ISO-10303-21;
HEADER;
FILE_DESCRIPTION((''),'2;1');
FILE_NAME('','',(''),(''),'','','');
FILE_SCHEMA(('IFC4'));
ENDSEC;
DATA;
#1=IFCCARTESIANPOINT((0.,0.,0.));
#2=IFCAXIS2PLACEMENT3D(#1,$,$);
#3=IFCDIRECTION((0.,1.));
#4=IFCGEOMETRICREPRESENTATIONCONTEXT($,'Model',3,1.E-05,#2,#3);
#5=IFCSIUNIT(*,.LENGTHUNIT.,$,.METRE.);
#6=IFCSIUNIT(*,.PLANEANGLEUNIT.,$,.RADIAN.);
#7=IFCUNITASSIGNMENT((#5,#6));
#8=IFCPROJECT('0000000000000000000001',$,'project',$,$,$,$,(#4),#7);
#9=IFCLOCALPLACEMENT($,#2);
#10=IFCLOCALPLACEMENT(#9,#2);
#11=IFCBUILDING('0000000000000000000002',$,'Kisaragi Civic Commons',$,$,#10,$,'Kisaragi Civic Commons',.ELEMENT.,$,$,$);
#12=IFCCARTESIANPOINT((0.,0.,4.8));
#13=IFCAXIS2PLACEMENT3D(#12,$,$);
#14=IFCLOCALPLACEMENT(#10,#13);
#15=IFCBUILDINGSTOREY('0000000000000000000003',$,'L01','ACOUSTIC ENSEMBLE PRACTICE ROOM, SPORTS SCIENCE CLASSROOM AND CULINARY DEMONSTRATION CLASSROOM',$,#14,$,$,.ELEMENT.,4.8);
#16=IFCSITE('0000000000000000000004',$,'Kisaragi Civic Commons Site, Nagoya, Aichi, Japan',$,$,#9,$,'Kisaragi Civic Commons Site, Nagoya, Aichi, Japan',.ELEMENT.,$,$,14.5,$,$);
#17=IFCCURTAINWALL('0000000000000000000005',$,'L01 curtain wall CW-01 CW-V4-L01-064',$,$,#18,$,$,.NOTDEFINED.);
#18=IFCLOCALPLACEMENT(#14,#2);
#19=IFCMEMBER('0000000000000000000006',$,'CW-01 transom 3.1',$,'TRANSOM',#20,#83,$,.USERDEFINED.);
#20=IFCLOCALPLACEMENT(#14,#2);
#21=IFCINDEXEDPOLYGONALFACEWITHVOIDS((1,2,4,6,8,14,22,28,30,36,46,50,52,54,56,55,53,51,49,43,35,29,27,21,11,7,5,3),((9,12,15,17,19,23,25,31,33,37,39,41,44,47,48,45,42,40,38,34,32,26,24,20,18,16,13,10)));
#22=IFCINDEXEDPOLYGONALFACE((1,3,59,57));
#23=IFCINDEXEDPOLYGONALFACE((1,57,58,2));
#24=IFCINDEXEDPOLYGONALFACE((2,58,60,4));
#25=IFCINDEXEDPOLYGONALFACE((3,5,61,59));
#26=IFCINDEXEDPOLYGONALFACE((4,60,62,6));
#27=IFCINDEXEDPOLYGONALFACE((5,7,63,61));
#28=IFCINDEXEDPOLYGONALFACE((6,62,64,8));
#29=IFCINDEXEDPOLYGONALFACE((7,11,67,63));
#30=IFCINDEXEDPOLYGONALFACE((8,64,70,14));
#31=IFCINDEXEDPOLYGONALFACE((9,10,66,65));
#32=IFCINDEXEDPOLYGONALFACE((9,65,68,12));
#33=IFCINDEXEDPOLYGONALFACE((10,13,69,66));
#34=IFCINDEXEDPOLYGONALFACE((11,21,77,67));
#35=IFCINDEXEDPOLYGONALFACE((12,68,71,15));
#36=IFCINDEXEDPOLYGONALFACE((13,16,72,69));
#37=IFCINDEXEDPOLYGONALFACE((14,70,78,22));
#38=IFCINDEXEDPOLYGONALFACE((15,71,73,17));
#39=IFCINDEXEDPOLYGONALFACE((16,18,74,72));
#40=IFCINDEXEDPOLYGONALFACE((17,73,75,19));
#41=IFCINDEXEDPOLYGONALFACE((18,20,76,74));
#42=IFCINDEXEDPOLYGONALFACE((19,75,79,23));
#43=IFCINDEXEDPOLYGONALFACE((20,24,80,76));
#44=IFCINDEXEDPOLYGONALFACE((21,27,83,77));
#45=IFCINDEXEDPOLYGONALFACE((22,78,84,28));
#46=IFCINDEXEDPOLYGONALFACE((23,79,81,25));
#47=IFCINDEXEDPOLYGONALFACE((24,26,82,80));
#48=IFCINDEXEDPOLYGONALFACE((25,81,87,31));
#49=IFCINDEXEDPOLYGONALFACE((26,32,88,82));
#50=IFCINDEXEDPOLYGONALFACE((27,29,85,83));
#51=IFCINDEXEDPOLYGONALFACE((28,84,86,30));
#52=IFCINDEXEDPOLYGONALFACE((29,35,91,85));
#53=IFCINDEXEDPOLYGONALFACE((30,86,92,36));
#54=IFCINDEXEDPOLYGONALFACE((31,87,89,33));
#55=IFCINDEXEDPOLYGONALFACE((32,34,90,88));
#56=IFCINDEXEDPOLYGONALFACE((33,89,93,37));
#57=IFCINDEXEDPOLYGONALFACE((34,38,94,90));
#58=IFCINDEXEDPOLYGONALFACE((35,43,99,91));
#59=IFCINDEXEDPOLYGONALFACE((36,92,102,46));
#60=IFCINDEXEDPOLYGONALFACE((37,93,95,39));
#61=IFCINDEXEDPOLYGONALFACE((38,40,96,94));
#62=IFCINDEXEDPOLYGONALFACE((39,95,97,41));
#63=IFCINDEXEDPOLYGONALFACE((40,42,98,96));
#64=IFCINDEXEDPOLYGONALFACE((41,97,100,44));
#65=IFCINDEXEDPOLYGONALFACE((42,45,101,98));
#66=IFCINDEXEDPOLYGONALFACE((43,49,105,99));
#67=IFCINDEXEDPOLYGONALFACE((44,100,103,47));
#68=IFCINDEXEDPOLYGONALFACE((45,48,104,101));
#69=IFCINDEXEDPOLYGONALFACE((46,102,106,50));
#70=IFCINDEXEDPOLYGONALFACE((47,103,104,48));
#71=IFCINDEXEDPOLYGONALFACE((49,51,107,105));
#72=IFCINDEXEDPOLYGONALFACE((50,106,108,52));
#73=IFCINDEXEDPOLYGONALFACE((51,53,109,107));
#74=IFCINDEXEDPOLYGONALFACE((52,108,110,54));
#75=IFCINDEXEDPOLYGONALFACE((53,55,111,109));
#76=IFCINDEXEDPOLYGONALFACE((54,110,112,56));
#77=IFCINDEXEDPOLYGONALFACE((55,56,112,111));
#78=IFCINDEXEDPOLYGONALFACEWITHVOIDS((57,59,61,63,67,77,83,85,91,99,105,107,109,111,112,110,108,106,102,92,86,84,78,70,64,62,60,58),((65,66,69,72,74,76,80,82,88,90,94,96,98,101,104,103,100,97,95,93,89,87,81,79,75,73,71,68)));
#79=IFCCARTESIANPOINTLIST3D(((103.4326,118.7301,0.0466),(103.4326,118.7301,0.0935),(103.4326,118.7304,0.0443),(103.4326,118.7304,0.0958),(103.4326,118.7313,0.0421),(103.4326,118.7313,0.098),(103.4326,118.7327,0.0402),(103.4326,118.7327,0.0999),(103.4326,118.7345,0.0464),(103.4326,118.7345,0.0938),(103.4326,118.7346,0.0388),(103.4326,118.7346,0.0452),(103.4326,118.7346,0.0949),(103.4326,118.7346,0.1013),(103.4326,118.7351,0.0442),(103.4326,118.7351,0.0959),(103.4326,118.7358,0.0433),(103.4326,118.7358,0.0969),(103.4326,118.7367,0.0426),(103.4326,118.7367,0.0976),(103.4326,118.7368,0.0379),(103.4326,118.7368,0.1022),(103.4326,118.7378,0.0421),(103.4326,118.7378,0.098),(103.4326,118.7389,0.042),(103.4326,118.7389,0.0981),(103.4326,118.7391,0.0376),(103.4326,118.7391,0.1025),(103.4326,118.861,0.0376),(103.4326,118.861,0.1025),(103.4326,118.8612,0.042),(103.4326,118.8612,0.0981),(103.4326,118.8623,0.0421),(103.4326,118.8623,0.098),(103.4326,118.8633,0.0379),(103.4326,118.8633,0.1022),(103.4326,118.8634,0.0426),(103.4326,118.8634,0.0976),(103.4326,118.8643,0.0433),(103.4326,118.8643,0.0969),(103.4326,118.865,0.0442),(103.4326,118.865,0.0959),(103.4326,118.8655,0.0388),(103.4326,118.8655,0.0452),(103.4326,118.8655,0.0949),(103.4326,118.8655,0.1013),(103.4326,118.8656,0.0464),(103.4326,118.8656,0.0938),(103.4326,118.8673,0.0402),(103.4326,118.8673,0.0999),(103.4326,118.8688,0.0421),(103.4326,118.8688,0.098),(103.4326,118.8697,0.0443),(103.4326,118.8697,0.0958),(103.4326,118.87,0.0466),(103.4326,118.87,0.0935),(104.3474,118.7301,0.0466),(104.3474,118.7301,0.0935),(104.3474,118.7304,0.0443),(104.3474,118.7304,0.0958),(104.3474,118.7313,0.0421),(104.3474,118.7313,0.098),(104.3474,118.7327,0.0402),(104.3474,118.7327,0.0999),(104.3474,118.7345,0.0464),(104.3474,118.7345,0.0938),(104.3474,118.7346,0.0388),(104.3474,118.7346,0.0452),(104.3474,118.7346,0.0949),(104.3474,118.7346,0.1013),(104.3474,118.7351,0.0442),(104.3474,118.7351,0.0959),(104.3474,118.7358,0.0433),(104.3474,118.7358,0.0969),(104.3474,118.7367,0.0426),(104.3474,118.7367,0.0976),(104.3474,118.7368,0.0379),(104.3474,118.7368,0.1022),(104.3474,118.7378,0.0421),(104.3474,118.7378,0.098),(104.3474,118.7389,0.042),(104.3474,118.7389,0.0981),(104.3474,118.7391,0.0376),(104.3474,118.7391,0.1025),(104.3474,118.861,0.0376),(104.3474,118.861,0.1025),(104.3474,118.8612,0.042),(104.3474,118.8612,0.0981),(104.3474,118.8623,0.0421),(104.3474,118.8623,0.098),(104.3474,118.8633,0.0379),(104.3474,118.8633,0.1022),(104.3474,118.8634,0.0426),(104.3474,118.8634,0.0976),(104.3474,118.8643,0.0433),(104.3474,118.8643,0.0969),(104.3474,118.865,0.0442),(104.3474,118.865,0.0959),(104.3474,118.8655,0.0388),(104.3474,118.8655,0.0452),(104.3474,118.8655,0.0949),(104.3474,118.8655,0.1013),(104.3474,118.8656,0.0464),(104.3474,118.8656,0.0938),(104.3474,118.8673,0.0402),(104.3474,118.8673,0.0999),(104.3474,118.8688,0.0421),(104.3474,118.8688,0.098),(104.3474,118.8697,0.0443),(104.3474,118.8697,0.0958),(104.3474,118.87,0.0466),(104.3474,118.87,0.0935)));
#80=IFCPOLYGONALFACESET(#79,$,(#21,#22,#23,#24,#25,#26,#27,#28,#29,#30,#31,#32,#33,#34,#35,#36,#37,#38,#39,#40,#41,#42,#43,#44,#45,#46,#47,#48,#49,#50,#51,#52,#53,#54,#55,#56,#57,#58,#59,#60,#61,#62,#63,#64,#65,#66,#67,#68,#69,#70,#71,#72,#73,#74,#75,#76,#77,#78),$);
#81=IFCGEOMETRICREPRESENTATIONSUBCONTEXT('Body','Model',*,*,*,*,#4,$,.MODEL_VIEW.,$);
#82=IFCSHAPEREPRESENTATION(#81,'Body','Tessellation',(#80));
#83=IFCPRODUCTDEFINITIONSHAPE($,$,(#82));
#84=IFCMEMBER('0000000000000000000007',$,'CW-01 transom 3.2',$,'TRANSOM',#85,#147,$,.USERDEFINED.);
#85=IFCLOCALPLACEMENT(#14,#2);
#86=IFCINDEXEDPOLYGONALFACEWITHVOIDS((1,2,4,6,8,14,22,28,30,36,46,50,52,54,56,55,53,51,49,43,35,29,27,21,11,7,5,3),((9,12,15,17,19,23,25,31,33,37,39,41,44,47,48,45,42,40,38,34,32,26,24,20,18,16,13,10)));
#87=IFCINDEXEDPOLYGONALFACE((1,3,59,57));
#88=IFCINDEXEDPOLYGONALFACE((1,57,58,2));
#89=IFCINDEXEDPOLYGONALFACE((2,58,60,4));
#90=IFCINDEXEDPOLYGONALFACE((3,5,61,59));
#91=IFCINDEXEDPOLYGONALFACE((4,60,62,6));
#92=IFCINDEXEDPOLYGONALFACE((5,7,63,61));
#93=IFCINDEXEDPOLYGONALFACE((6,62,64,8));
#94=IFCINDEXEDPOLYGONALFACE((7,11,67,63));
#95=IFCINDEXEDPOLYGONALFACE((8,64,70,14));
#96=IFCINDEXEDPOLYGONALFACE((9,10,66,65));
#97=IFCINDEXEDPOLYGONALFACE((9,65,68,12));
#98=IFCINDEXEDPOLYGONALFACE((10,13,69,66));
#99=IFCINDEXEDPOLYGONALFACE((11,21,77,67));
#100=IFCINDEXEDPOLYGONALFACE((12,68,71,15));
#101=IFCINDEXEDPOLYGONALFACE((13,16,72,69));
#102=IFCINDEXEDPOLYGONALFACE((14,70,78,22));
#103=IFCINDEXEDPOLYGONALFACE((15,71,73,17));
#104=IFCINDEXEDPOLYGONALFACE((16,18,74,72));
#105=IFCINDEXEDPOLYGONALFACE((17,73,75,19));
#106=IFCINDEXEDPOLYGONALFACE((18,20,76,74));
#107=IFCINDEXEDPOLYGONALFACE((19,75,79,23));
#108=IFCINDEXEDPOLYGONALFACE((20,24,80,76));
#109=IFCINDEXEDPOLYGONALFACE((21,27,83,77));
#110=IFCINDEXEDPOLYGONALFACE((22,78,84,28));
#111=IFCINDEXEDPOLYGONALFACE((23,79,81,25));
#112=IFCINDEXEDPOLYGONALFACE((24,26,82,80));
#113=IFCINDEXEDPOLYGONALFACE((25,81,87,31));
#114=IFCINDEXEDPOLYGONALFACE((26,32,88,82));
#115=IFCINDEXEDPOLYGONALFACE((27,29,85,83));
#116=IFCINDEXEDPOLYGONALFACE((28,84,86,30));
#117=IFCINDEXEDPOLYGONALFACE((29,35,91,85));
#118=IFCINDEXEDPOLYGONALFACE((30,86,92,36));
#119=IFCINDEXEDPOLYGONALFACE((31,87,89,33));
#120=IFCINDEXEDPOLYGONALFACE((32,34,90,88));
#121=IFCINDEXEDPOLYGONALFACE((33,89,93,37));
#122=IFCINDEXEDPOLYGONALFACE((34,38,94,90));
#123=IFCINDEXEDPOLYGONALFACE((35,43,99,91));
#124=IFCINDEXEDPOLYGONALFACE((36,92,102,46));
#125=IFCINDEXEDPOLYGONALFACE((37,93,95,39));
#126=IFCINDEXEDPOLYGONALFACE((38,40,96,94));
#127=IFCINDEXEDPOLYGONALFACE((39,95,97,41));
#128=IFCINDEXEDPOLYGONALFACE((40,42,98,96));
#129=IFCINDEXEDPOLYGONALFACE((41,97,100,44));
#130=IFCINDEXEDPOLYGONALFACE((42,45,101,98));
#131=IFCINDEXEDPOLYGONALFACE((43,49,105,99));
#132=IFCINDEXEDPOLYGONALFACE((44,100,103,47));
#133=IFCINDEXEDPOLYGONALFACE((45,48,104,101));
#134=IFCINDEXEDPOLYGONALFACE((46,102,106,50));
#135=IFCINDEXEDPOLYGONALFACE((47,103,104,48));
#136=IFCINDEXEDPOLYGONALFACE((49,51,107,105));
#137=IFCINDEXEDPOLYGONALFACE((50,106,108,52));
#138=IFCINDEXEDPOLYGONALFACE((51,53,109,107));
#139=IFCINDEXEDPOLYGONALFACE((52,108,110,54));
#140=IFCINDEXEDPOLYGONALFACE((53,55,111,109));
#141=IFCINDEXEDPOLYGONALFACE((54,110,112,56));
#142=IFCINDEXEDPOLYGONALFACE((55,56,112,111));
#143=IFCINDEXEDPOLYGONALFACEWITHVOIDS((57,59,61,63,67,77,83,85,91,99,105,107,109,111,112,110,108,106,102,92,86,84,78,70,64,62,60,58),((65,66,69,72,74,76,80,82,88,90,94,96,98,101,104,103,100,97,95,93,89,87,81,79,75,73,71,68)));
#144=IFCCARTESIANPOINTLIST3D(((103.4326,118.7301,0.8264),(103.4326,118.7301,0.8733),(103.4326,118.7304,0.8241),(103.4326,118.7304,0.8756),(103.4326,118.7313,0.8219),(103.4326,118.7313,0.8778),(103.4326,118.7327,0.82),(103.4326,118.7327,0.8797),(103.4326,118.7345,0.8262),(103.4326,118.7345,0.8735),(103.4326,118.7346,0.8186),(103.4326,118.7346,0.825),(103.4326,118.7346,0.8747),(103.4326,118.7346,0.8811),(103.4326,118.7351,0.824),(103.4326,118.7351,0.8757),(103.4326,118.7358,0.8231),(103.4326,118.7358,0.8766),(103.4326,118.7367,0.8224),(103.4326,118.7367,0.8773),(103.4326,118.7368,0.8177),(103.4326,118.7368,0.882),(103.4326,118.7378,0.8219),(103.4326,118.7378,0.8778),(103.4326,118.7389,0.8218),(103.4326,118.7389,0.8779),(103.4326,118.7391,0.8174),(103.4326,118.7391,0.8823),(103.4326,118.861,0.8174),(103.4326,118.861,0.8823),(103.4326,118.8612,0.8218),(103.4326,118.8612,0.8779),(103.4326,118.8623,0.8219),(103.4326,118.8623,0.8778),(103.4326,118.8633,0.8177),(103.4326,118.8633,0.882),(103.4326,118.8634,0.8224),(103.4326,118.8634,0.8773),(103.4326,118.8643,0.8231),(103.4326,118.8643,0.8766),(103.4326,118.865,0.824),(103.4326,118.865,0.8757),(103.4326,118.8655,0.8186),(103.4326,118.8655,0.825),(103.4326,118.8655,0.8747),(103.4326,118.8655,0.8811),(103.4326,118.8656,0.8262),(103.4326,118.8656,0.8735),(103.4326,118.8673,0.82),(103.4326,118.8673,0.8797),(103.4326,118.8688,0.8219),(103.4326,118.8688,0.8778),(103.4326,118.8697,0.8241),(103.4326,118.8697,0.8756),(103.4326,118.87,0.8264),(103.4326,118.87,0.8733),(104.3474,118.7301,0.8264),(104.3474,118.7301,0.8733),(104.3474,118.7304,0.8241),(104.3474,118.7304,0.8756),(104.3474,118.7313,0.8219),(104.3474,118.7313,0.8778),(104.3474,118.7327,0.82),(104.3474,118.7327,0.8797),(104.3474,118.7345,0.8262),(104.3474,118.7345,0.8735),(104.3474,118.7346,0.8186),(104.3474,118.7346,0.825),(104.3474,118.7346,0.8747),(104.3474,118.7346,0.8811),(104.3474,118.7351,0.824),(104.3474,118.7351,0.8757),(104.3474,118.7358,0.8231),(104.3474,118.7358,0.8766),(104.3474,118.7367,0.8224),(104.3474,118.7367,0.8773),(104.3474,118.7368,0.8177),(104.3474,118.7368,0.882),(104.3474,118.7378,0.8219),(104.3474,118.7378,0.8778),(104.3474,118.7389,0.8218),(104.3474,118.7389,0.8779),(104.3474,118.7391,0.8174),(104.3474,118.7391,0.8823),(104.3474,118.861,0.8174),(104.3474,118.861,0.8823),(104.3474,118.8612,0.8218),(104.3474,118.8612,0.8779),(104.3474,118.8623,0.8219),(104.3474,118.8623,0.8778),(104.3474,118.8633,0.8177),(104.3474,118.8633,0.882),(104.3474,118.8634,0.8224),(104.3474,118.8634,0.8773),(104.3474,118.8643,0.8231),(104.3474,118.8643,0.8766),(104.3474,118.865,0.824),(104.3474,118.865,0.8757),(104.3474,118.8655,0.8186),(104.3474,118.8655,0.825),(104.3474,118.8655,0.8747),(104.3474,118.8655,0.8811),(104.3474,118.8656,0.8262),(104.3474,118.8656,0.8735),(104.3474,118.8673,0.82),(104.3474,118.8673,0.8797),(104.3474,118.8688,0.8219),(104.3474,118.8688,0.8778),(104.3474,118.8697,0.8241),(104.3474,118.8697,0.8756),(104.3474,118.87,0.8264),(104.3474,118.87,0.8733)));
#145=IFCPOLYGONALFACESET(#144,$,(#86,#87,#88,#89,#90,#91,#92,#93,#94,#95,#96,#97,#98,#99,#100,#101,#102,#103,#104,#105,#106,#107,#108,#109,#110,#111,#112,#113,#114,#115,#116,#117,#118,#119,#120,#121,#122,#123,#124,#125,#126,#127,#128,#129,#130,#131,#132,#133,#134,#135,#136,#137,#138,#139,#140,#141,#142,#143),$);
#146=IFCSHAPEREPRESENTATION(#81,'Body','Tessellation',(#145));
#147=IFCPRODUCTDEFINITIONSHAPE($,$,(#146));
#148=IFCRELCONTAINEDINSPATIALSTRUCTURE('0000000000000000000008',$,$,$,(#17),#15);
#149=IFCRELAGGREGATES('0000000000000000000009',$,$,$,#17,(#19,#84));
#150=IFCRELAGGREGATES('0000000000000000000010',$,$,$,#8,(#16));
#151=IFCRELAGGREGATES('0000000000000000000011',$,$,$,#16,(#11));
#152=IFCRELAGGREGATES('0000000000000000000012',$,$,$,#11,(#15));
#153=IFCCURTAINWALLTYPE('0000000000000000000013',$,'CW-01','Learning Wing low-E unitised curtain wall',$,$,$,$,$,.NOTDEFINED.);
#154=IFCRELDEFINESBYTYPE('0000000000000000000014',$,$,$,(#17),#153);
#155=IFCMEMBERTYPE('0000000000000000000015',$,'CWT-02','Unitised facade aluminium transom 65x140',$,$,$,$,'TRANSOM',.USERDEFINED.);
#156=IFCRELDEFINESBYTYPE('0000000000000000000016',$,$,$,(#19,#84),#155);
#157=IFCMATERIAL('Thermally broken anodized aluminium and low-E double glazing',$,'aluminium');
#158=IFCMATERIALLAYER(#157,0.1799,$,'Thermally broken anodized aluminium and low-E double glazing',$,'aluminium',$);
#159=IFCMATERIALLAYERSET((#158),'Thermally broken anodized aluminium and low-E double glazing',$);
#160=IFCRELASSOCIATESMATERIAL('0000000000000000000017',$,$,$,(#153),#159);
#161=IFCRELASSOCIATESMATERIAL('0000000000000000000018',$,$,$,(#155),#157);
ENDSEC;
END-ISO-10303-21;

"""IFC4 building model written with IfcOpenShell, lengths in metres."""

from ifc_helpers import new_model, si_unit, direction, frame, origin, origin_2d, place, context, subcontext, project, spatial, hollow_rectangle, extrude, material, layer, layer_set, material_profile, profile_set, type_object, element, aggregate, save


model = new_model("IFC4")

# Units and contexts
model_context = context("Model", 3, precision=1e-05, world=origin(), true_north=direction((0.0, 1.0)))
body_context = subcontext(model_context, "Body", "Model", "MODEL_VIEW")
ifc_project = project(units=[si_unit("LENGTHUNIT", "METRE"), si_unit("PLANEANGLEUNIT", "RADIAN")], contexts=[model_context])

# Site, building, storey
site_placement = place(None, origin())
site = spatial("IfcSite", under=ifc_project, at=site_placement, Name="Kisaragi Civic Commons Site, Nagoya, Aichi, Japan", LongName="Kisaragi Civic Commons Site, Nagoya, Aichi, Japan", CompositionType="ELEMENT", RefElevation=14.5)
building_placement = place(site_placement, origin())
building = spatial("IfcBuilding", under=site, at=building_placement, Name="Kisaragi Civic Commons", LongName="Kisaragi Civic Commons", CompositionType="ELEMENT")
storey_placement = place(building_placement, frame((0.0, 0.0, 4.8)))
storey = spatial("IfcBuildingStorey", under=building, at=storey_placement, Name="L01", Description="ACOUSTIC ENSEMBLE PRACTICE ROOM, SPORTS SCIENCE CLASSROOM AND CULINARY DEMONSTRATION CLASSROOM", CompositionType="ELEMENT", Elevation=4.8)

# Curtain wall, members
ifc_material_1 = material(Name="Thermally broken anodized aluminium and low-E double glazing", Category="aluminium")
ifc_layer_1 = layer(ifc_material_1, 0.1799, Name="Thermally broken anodized aluminium and low-E double glazing", Category="aluminium")
ifc_layer_set_1 = layer_set([ifc_layer_1], Name="Thermally broken anodized aluminium and low-E double glazing")
curtain_wall_type = type_object("IfcCurtainWallType", Name="CW-01", Description="Learning Wing low-E unitised curtain wall", PredefinedType="NOTDEFINED", material=ifc_layer_set_1)
curtain_wall_placement = place(storey_placement, origin())
curtain_wall = element("IfcCurtainWall", 1, at=curtain_wall_placement, inside=storey, type_object=curtain_wall_type, Name="L01 curtain wall CW-01 CW-V4-L01-064", PredefinedType="NOTDEFINED")
ifc_material_profile_1 = material_profile(ifc_material_1, hollow_rectangle(XDim=0.1399, YDim=0.0649, WallThickness=0.0044, InnerFilletRadius=0.0044, OuterFilletRadius=0.009, at=origin_2d()), Name="CWT-65x140x4.5", Category="aluminium")
ifc_profile_set_1 = profile_set([ifc_material_profile_1], Name="Thermally broken anodized aluminium and low-E double glazing")
member_type_1 = type_object("IfcMemberType", Name="CWT-02", Description="Unitised facade aluminium transom 65x140", ElementType="TRANSOM", PredefinedType="USERDEFINED", material=ifc_profile_set_1)
member_1_placement = place(storey_placement, frame((103.4326, 118.8, 0.0701), z_axis=(1.0, 0.0, 0.0), x_axis=(0.0, 1.0, 0.0)))
member_1 = element("IfcMember", 2, at=member_1_placement, type_object=member_type_1, Name="CW-01 transom 3.1", ObjectType="TRANSOM", PredefinedType="USERDEFINED", context=body_context, shape_type="SweptSolid", body=[
    extrude(hollow_rectangle(XDim=0.1399, YDim=0.0649, WallThickness=0.0044, InnerFilletRadius=0.0044, OuterFilletRadius=0.009, at=origin_2d()), origin(), (0.0, 0.0, 1.0), 0.9148),
])
member_2_placement = place(storey_placement, frame((103.4326, 118.8, 0.8499), z_axis=(1.0, 0.0, 0.0), x_axis=(0.0, 1.0, 0.0)))
member_2 = element("IfcMember", 3, at=member_2_placement, type_object=member_type_1, Name="CW-01 transom 3.2", ObjectType="TRANSOM", PredefinedType="USERDEFINED", context=body_context, shape_type="SweptSolid", body=[
    extrude(hollow_rectangle(XDim=0.1399, YDim=0.0649, WallThickness=0.0044, InnerFilletRadius=0.0044, OuterFilletRadius=0.009, at=origin_2d()), origin(), (0.0, 0.0, 1.0), 0.9148),
])

aggregate(curtain_wall, [member_1, member_2])

save(model, "model.ifc")
